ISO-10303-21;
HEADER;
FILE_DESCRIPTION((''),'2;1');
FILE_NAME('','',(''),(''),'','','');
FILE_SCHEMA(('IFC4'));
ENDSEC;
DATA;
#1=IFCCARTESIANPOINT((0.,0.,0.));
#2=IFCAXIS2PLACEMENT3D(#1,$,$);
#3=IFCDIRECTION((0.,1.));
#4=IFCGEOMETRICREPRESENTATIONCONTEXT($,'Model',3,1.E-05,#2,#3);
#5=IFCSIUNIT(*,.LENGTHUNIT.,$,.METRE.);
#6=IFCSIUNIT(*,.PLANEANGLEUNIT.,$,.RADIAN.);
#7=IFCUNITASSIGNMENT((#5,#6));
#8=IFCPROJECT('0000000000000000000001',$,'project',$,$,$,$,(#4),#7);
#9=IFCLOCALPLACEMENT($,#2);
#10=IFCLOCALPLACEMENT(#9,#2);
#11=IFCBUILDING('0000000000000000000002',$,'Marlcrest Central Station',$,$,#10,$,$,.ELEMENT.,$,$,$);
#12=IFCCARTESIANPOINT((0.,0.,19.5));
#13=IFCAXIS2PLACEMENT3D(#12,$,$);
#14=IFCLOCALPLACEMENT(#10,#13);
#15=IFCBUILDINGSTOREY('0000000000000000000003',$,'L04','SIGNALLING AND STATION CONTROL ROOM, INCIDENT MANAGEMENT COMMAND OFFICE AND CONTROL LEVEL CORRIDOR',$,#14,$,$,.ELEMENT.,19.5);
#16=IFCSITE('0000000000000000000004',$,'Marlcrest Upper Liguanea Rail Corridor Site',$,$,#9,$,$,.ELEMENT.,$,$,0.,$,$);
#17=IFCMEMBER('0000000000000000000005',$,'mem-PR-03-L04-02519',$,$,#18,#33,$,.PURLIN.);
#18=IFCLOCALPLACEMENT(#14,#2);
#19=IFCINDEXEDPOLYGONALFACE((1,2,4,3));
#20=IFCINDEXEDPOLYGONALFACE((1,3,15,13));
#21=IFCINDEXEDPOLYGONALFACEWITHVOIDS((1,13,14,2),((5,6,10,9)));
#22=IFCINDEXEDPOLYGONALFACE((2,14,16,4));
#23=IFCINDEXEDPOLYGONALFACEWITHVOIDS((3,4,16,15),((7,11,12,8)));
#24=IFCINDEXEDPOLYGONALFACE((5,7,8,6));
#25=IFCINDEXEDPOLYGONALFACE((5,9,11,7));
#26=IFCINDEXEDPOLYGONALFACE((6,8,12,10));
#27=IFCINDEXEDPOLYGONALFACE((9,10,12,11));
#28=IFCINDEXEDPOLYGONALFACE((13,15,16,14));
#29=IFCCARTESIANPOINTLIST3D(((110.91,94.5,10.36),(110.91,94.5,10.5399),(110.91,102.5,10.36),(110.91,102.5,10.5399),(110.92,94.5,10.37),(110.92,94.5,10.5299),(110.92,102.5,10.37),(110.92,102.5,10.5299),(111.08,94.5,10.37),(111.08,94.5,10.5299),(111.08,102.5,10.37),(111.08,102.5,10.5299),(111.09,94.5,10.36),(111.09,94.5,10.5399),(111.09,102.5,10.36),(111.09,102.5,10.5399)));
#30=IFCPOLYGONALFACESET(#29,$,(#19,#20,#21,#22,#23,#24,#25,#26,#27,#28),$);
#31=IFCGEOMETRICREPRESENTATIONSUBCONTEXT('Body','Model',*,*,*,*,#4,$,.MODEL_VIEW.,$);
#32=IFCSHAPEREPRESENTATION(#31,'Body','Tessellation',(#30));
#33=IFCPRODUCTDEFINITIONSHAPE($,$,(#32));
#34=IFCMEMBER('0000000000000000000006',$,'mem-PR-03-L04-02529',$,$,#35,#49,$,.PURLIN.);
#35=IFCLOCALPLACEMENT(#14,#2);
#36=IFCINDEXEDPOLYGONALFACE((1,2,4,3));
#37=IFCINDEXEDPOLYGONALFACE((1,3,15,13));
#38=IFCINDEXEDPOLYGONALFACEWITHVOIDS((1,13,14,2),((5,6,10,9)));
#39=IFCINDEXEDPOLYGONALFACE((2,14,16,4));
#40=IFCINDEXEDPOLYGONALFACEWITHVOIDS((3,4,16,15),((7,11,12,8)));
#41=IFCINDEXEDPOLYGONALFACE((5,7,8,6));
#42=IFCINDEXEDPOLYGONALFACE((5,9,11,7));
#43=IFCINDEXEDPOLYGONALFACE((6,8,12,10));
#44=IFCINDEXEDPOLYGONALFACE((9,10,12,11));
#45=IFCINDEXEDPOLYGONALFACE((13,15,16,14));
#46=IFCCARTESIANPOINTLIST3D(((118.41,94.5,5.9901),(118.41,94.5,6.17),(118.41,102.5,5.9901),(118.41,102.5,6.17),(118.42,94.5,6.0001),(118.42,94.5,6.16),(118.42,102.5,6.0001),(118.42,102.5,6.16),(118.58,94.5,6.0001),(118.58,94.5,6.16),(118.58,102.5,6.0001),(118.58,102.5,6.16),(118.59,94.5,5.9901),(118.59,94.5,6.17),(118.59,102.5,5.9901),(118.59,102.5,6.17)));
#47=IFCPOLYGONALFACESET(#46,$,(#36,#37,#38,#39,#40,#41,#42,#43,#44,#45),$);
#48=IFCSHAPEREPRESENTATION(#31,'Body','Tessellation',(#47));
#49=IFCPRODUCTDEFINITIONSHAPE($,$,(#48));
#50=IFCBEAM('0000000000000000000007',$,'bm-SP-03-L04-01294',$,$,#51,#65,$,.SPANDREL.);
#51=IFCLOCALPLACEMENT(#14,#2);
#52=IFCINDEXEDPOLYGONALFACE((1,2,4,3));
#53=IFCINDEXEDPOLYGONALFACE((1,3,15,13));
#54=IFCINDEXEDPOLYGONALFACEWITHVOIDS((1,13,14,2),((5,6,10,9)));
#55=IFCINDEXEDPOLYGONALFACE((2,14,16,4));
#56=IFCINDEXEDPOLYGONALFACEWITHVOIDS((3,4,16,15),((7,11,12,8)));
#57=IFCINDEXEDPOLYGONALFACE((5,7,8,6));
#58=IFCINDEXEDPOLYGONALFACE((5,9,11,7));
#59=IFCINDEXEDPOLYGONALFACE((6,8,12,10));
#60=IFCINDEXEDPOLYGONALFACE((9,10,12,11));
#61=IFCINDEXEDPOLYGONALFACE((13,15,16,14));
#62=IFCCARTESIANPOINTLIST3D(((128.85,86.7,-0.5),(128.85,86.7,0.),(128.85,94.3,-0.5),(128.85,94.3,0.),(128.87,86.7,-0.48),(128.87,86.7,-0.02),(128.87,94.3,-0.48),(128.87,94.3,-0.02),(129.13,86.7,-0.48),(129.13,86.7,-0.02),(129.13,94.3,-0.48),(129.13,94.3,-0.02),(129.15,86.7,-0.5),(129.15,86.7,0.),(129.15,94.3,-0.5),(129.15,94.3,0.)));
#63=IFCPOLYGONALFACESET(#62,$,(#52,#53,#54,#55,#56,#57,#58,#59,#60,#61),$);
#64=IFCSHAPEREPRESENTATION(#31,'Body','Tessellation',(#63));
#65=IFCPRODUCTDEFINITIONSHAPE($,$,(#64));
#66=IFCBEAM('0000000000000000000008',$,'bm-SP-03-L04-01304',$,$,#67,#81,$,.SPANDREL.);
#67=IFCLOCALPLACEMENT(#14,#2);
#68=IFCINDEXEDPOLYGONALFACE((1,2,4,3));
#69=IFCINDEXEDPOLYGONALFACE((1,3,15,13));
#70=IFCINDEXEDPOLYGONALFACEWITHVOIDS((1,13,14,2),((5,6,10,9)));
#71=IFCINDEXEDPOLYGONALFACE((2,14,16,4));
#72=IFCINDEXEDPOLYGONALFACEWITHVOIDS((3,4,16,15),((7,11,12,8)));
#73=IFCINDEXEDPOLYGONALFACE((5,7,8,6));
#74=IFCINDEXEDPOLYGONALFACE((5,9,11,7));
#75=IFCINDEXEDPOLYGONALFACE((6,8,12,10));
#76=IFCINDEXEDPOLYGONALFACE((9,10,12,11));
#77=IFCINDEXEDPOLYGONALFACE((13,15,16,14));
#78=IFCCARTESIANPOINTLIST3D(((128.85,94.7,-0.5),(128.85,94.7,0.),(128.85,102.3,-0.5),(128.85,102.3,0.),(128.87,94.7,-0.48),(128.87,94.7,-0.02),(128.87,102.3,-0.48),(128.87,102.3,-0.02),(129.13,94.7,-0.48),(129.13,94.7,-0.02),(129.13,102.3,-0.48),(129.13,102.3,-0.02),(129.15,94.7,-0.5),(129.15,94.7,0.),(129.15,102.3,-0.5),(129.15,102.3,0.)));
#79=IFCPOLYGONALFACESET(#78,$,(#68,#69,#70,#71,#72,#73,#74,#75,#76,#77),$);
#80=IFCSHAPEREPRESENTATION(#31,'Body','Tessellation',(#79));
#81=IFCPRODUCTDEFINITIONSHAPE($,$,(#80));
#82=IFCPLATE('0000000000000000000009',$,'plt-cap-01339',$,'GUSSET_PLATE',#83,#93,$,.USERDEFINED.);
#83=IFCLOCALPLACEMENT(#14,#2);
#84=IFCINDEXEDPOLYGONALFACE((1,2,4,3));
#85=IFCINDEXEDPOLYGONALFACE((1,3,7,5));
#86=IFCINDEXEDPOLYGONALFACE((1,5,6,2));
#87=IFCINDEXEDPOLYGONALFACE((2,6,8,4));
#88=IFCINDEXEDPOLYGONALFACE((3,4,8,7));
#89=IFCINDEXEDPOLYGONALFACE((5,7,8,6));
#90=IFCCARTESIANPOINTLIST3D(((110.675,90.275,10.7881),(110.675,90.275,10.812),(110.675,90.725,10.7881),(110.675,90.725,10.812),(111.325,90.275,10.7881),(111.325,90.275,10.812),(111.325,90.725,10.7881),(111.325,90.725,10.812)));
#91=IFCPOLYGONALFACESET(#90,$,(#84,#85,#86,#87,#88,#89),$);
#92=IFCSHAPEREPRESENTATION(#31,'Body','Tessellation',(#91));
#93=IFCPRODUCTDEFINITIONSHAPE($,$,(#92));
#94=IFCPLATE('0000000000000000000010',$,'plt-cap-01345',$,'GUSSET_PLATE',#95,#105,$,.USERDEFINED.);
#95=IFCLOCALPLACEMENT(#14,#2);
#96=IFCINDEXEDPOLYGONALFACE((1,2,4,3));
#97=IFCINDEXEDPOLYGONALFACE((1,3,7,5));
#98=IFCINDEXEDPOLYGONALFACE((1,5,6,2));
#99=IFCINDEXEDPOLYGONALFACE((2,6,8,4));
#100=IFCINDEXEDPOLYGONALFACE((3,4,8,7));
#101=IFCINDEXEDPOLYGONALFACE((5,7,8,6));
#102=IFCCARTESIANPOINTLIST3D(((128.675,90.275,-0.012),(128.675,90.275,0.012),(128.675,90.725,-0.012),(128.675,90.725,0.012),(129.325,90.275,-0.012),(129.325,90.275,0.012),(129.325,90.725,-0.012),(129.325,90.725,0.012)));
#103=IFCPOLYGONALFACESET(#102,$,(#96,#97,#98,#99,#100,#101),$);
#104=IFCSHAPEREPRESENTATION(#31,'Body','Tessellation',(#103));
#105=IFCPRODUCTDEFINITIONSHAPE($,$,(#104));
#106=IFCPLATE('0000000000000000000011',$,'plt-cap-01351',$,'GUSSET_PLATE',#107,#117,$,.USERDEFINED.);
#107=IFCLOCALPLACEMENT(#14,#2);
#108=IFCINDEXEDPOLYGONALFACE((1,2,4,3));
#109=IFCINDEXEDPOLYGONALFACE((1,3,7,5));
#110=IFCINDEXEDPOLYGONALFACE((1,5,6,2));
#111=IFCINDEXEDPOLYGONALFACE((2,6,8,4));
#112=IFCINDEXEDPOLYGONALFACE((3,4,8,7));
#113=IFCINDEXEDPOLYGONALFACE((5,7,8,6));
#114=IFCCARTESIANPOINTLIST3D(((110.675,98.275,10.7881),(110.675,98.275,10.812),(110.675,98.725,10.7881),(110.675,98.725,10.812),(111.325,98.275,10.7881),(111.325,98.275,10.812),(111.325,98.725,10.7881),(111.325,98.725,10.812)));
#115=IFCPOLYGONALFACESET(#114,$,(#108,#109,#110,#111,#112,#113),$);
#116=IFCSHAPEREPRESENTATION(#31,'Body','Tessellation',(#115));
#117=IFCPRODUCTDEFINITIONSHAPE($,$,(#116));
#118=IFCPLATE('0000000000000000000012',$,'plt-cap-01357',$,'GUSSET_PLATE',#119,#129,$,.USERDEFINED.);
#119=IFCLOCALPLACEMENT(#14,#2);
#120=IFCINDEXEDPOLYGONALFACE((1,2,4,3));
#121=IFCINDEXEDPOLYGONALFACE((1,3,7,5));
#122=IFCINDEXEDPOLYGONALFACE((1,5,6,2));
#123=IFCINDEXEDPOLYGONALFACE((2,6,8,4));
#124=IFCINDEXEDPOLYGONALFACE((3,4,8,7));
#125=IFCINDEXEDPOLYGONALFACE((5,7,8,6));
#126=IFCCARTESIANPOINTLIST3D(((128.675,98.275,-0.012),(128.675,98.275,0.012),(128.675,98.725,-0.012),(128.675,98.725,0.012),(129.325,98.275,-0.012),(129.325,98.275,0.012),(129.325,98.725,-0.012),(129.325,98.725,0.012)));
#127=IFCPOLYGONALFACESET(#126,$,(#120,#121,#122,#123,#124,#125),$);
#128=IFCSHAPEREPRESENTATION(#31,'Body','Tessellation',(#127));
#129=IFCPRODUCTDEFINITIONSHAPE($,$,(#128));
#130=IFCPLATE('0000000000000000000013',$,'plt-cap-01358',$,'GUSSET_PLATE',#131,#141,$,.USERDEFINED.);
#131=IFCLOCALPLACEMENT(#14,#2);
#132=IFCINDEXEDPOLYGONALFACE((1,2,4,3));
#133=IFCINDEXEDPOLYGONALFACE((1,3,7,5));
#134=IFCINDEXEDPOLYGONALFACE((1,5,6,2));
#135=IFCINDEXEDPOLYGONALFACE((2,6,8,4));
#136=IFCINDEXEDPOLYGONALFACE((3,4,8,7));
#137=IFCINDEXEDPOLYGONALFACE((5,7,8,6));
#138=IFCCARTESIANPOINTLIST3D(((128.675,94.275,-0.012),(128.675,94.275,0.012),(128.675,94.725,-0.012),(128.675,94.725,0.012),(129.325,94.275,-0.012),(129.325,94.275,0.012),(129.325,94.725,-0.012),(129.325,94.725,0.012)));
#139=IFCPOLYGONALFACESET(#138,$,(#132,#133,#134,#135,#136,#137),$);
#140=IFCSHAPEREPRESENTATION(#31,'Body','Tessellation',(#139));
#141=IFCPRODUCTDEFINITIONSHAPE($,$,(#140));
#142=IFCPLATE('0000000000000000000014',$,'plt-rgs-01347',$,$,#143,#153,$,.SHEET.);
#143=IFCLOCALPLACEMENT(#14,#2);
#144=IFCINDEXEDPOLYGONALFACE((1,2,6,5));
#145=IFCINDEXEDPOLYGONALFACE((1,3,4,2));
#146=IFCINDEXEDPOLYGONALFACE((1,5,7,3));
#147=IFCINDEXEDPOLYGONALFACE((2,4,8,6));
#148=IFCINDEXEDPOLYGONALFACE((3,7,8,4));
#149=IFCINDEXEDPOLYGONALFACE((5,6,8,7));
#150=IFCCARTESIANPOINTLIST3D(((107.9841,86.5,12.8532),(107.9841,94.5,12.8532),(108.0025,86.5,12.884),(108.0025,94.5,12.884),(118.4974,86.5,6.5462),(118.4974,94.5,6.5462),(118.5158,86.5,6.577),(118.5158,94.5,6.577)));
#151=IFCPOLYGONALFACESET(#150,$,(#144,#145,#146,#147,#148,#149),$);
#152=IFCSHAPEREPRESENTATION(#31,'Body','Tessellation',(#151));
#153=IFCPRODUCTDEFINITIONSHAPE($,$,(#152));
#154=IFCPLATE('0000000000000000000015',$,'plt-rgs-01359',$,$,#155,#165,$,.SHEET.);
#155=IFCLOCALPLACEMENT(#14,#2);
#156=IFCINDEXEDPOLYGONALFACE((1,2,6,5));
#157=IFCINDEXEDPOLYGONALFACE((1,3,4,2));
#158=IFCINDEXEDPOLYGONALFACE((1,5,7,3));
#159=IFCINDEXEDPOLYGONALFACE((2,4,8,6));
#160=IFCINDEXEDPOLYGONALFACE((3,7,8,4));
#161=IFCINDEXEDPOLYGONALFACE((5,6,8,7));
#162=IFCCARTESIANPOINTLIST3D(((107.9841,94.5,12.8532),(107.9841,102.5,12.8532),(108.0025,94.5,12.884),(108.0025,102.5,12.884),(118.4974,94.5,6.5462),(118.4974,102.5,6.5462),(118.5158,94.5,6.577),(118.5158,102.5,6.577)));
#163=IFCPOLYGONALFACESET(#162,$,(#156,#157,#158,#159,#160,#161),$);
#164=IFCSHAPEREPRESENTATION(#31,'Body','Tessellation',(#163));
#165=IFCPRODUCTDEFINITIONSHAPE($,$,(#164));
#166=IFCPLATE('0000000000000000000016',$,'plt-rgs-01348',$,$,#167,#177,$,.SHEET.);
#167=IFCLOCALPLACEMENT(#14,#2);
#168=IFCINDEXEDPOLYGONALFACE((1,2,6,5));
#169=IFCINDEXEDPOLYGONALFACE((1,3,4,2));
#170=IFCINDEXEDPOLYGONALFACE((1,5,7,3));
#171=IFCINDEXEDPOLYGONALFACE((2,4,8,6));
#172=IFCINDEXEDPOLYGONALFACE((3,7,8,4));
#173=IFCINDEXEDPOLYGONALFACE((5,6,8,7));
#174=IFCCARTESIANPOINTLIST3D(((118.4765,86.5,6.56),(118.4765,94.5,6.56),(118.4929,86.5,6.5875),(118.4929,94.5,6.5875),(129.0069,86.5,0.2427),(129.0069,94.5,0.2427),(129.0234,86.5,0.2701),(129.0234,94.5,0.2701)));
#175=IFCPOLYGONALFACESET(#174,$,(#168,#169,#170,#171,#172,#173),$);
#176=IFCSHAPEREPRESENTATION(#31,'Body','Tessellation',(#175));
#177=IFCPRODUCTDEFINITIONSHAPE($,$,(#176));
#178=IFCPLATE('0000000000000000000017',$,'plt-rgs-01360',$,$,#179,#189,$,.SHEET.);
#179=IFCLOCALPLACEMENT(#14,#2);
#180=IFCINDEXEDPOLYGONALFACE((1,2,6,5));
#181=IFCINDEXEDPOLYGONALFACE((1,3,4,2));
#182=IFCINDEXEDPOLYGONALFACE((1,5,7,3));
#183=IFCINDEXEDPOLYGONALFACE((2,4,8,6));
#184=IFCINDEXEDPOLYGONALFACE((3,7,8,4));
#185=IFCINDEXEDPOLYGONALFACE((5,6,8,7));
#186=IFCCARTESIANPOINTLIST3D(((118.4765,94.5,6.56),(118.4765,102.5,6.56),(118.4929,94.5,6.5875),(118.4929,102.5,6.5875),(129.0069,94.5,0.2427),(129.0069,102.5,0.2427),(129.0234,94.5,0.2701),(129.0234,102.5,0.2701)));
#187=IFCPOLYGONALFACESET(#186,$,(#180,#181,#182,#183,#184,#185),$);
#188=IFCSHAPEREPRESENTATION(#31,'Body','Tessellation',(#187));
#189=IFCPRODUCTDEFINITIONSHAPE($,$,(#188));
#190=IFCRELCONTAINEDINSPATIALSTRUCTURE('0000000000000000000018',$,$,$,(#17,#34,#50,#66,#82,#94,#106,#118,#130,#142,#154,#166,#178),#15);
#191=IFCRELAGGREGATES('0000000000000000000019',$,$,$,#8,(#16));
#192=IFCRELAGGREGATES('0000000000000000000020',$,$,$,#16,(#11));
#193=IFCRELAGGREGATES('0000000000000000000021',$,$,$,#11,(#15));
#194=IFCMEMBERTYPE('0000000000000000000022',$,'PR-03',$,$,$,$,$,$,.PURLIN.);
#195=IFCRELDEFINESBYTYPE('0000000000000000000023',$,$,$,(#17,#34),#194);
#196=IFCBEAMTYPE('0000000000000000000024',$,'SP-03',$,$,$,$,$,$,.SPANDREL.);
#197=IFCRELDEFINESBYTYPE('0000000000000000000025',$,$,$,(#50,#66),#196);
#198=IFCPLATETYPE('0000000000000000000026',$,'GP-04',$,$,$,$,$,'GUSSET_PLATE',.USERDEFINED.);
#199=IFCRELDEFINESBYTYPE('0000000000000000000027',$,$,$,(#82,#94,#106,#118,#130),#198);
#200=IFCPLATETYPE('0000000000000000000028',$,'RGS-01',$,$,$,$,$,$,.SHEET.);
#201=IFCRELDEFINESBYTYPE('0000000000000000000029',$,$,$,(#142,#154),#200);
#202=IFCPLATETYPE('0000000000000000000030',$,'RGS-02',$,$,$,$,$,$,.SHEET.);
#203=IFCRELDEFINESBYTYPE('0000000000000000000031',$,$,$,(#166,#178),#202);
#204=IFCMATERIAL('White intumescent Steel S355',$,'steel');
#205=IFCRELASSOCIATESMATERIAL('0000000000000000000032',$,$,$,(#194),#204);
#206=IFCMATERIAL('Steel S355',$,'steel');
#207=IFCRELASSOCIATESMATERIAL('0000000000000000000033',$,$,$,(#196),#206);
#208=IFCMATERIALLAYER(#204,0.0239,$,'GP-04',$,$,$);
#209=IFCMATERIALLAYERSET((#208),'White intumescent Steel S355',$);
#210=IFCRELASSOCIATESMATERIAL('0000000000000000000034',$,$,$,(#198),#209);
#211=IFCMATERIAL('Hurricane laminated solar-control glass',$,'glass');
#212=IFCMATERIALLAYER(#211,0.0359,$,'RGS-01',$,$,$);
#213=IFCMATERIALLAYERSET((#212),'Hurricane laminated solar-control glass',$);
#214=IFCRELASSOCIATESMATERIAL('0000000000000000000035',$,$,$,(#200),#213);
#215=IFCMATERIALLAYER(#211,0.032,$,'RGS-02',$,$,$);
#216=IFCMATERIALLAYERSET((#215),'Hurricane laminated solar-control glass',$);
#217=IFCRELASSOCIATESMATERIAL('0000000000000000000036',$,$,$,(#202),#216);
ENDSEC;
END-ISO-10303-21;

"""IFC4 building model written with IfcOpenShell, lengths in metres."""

from ifc_helpers import new_model, si_unit, direction, frame, origin, origin_2d, place, context, subcontext, project, spatial, rectangle, hollow_rectangle, extrude, material, layer, layer_set, material_profile, profile_set, type_object, element, save


model = new_model("IFC4")

# Units and contexts
model_context = context("Model", 3, precision=1e-05, world=origin(), true_north=direction((0.0, 1.0)))
body_context = subcontext(model_context, "Body", "Model", "MODEL_VIEW")
ifc_project = project(units=[si_unit("LENGTHUNIT", "METRE"), si_unit("PLANEANGLEUNIT", "RADIAN")], contexts=[model_context])

# Site, building, storey
site_placement = place(None, origin())
site = spatial("IfcSite", under=ifc_project, at=site_placement, Name="Marlcrest Upper Liguanea Rail Corridor Site", CompositionType="ELEMENT", RefElevation=0.0)
building_placement = place(site_placement, origin())
building = spatial("IfcBuilding", under=site, at=building_placement, Name="Marlcrest Central Station", CompositionType="ELEMENT")
storey_placement = place(building_placement, frame((0.0, 0.0, 19.5)))
storey = spatial("IfcBuildingStorey", under=building, at=storey_placement, Name="L04", Description="SIGNALLING AND STATION CONTROL ROOM, INCIDENT MANAGEMENT COMMAND OFFICE AND CONTROL LEVEL CORRIDOR", CompositionType="ELEMENT", Elevation=19.5)

# Members
ifc_material_1 = material(Name="White intumescent Steel S355", Category="steel")
ifc_material_profile_1 = material_profile(ifc_material_1, hollow_rectangle(XDim=0.1799, YDim=0.1799, WallThickness=0.01, at=origin_2d()), Name="SHS 180x180x10")
ifc_profile_set_1 = profile_set([ifc_material_profile_1], Name="White intumescent Steel S355")
member_type = type_object("IfcMemberType", Name="PR-03", PredefinedType="PURLIN", material=ifc_profile_set_1)
for number, where, z_axis, x_axis, name in (
    (1, (111.0, 94.5, 10.45), (0.0, 1.0, 0.0), (-1.0, 0.0, 0.0), "mem-PR-03-L04-02519"),
    (2, (118.5, 94.5, 6.0801), (0.0, 1.0, 0.0), (-1.0, 0.0, 0.0), "mem-PR-03-L04-02529"),
):
    element("IfcMember", number, at=place(storey_placement, frame(where, z_axis=z_axis, x_axis=x_axis)), inside=storey, type_object=member_type, Name=name, PredefinedType="PURLIN", context=body_context, shape_type="SweptSolid", body=[
        extrude(hollow_rectangle(XDim=0.1799, YDim=0.1799, WallThickness=0.01, at=origin_2d()), origin(), (0.0, 0.0, 1.0), 8.0),
    ])

# Beams
ifc_material_2 = material(Name="Steel S355", Category="steel")
ifc_material_profile_2 = material_profile(ifc_material_2, hollow_rectangle(XDim=0.3, YDim=0.5, WallThickness=0.02, at=origin_2d()), Name="RHS 500x300x20")
ifc_profile_set_2 = profile_set([ifc_material_profile_2], Name="Steel S355")
beam_type = type_object("IfcBeamType", Name="SP-03", PredefinedType="SPANDREL", material=ifc_profile_set_2)
for number, where, z_axis, x_axis, name in (
    (3, (129.0, 86.7, -0.25), (0.0, 1.0, 0.0), (-1.0, 0.0, 0.0), "bm-SP-03-L04-01294"),
    (4, (129.0, 94.7, -0.25), (0.0, 1.0, 0.0), (-1.0, 0.0, 0.0), "bm-SP-03-L04-01304"),
):
    element("IfcBeam", number, at=place(storey_placement, frame(where, z_axis=z_axis, x_axis=x_axis)), inside=storey, type_object=beam_type, Name=name, PredefinedType="SPANDREL", context=body_context, shape_type="SweptSolid", body=[
        extrude(hollow_rectangle(XDim=0.3, YDim=0.5, WallThickness=0.02, at=origin_2d()), origin(), (0.0, 0.0, 1.0), 7.6001),
    ])

# Plates
ifc_layer_1 = layer(ifc_material_1, 0.0239, Name="GP-04")
ifc_layer_set_1 = layer_set([ifc_layer_1], Name="White intumescent Steel S355")
plate_type_1 = type_object("IfcPlateType", Name="GP-04", ElementType="GUSSET_PLATE", PredefinedType="USERDEFINED", material=ifc_layer_set_1)
for number, where, z_axis, x_axis, name in (
    (5, (111.0, 90.5, 10.7881), (0.0, 0.0, 1.0), (1.0, 0.0, 0.0), "plt-cap-01339"),
    (6, (129.0, 90.5, -0.012), (0.0, 0.0, 1.0), (1.0, 0.0, 0.0), "plt-cap-01345"),
    (7, (111.0, 98.5, 10.7881), (0.0, 0.0, 1.0), (1.0, 0.0, 0.0), "plt-cap-01351"),
    (8, (129.0, 98.5, -0.012), (0.0, 0.0, 1.0), (1.0, 0.0, 0.0), "plt-cap-01357"),
    (9, (129.0, 94.5, -0.012), (0.0, 0.0, 1.0), (1.0, 0.0, 0.0), "plt-cap-01358"),
):
    element("IfcPlate", number, at=place(storey_placement, frame(where, z_axis=z_axis, x_axis=x_axis)), inside=storey, type_object=plate_type_1, Name=name, ObjectType="GUSSET_PLATE", PredefinedType="USERDEFINED", context=body_context, shape_type="SweptSolid", body=[
        extrude(rectangle(XDim=0.6499, YDim=0.45, at=origin_2d()), origin(), (0.0, 0.0, 1.0), 0.0239),
    ])
ifc_material_3 = material(Name="Hurricane laminated solar-control glass", Category="glass")
ifc_layer_2 = layer(ifc_material_3, 0.0359, Name="RGS-01")
ifc_layer_set_2 = layer_set([ifc_layer_2], Name="Hurricane laminated solar-control glass")
plate_type_2 = type_object("IfcPlateType", Name="RGS-01", PredefinedType="SHEET", material=ifc_layer_set_2)
for number, where, z_axis, x_axis, name in (
    (10, (113.2407, 90.5, 9.6997), (0.51444, 0.0, 0.857527), (0.857527, 0.0, -0.51444), "plt-rgs-01347"),
    (11, (113.2407, 98.5, 9.6997), (0.51444, 0.0, 0.857527), (0.857527, 0.0, -0.51444), "plt-rgs-01359"),
):
    element("IfcPlate", number, at=place(storey_placement, frame(where, z_axis=z_axis, x_axis=x_axis)), inside=storey, type_object=plate_type_2, Name=name, PredefinedType="SHEET", context=body_context, shape_type="SweptSolid", body=[
        extrude(rectangle(XDim=12.26, YDim=8.0, at=origin_2d()), origin(), (0.0, 0.0, 1.0), 0.0359),
    ])
ifc_layer_3 = layer(ifc_material_3, 0.032, Name="RGS-02")
ifc_layer_set_3 = layer_set([ifc_layer_3], Name="Hurricane laminated solar-control glass")
plate_type_3 = type_object("IfcPlateType", Name="RGS-02", PredefinedType="SHEET", material=ifc_layer_set_3)
for number, where, z_axis, x_axis, name in (
    (12, (123.7417, 90.5, 3.4014), (0.51444, 0.0, 0.857527), (0.857527, 0.0, -0.51444), "plt-rgs-01348"),
    (13, (123.7417, 98.5, 3.4014), (0.51444, 0.0, 0.857527), (0.857527, 0.0, -0.51444), "plt-rgs-01360"),
):
    element("IfcPlate", number, at=place(storey_placement, frame(where, z_axis=z_axis, x_axis=x_axis)), inside=storey, type_object=plate_type_3, Name=name, PredefinedType="SHEET", context=body_context, shape_type="SweptSolid", body=[
        extrude(rectangle(XDim=12.28, YDim=8.0, at=origin_2d()), origin(), (0.0, 0.0, 1.0), 0.032),
    ])

save(model, "model.ifc")
